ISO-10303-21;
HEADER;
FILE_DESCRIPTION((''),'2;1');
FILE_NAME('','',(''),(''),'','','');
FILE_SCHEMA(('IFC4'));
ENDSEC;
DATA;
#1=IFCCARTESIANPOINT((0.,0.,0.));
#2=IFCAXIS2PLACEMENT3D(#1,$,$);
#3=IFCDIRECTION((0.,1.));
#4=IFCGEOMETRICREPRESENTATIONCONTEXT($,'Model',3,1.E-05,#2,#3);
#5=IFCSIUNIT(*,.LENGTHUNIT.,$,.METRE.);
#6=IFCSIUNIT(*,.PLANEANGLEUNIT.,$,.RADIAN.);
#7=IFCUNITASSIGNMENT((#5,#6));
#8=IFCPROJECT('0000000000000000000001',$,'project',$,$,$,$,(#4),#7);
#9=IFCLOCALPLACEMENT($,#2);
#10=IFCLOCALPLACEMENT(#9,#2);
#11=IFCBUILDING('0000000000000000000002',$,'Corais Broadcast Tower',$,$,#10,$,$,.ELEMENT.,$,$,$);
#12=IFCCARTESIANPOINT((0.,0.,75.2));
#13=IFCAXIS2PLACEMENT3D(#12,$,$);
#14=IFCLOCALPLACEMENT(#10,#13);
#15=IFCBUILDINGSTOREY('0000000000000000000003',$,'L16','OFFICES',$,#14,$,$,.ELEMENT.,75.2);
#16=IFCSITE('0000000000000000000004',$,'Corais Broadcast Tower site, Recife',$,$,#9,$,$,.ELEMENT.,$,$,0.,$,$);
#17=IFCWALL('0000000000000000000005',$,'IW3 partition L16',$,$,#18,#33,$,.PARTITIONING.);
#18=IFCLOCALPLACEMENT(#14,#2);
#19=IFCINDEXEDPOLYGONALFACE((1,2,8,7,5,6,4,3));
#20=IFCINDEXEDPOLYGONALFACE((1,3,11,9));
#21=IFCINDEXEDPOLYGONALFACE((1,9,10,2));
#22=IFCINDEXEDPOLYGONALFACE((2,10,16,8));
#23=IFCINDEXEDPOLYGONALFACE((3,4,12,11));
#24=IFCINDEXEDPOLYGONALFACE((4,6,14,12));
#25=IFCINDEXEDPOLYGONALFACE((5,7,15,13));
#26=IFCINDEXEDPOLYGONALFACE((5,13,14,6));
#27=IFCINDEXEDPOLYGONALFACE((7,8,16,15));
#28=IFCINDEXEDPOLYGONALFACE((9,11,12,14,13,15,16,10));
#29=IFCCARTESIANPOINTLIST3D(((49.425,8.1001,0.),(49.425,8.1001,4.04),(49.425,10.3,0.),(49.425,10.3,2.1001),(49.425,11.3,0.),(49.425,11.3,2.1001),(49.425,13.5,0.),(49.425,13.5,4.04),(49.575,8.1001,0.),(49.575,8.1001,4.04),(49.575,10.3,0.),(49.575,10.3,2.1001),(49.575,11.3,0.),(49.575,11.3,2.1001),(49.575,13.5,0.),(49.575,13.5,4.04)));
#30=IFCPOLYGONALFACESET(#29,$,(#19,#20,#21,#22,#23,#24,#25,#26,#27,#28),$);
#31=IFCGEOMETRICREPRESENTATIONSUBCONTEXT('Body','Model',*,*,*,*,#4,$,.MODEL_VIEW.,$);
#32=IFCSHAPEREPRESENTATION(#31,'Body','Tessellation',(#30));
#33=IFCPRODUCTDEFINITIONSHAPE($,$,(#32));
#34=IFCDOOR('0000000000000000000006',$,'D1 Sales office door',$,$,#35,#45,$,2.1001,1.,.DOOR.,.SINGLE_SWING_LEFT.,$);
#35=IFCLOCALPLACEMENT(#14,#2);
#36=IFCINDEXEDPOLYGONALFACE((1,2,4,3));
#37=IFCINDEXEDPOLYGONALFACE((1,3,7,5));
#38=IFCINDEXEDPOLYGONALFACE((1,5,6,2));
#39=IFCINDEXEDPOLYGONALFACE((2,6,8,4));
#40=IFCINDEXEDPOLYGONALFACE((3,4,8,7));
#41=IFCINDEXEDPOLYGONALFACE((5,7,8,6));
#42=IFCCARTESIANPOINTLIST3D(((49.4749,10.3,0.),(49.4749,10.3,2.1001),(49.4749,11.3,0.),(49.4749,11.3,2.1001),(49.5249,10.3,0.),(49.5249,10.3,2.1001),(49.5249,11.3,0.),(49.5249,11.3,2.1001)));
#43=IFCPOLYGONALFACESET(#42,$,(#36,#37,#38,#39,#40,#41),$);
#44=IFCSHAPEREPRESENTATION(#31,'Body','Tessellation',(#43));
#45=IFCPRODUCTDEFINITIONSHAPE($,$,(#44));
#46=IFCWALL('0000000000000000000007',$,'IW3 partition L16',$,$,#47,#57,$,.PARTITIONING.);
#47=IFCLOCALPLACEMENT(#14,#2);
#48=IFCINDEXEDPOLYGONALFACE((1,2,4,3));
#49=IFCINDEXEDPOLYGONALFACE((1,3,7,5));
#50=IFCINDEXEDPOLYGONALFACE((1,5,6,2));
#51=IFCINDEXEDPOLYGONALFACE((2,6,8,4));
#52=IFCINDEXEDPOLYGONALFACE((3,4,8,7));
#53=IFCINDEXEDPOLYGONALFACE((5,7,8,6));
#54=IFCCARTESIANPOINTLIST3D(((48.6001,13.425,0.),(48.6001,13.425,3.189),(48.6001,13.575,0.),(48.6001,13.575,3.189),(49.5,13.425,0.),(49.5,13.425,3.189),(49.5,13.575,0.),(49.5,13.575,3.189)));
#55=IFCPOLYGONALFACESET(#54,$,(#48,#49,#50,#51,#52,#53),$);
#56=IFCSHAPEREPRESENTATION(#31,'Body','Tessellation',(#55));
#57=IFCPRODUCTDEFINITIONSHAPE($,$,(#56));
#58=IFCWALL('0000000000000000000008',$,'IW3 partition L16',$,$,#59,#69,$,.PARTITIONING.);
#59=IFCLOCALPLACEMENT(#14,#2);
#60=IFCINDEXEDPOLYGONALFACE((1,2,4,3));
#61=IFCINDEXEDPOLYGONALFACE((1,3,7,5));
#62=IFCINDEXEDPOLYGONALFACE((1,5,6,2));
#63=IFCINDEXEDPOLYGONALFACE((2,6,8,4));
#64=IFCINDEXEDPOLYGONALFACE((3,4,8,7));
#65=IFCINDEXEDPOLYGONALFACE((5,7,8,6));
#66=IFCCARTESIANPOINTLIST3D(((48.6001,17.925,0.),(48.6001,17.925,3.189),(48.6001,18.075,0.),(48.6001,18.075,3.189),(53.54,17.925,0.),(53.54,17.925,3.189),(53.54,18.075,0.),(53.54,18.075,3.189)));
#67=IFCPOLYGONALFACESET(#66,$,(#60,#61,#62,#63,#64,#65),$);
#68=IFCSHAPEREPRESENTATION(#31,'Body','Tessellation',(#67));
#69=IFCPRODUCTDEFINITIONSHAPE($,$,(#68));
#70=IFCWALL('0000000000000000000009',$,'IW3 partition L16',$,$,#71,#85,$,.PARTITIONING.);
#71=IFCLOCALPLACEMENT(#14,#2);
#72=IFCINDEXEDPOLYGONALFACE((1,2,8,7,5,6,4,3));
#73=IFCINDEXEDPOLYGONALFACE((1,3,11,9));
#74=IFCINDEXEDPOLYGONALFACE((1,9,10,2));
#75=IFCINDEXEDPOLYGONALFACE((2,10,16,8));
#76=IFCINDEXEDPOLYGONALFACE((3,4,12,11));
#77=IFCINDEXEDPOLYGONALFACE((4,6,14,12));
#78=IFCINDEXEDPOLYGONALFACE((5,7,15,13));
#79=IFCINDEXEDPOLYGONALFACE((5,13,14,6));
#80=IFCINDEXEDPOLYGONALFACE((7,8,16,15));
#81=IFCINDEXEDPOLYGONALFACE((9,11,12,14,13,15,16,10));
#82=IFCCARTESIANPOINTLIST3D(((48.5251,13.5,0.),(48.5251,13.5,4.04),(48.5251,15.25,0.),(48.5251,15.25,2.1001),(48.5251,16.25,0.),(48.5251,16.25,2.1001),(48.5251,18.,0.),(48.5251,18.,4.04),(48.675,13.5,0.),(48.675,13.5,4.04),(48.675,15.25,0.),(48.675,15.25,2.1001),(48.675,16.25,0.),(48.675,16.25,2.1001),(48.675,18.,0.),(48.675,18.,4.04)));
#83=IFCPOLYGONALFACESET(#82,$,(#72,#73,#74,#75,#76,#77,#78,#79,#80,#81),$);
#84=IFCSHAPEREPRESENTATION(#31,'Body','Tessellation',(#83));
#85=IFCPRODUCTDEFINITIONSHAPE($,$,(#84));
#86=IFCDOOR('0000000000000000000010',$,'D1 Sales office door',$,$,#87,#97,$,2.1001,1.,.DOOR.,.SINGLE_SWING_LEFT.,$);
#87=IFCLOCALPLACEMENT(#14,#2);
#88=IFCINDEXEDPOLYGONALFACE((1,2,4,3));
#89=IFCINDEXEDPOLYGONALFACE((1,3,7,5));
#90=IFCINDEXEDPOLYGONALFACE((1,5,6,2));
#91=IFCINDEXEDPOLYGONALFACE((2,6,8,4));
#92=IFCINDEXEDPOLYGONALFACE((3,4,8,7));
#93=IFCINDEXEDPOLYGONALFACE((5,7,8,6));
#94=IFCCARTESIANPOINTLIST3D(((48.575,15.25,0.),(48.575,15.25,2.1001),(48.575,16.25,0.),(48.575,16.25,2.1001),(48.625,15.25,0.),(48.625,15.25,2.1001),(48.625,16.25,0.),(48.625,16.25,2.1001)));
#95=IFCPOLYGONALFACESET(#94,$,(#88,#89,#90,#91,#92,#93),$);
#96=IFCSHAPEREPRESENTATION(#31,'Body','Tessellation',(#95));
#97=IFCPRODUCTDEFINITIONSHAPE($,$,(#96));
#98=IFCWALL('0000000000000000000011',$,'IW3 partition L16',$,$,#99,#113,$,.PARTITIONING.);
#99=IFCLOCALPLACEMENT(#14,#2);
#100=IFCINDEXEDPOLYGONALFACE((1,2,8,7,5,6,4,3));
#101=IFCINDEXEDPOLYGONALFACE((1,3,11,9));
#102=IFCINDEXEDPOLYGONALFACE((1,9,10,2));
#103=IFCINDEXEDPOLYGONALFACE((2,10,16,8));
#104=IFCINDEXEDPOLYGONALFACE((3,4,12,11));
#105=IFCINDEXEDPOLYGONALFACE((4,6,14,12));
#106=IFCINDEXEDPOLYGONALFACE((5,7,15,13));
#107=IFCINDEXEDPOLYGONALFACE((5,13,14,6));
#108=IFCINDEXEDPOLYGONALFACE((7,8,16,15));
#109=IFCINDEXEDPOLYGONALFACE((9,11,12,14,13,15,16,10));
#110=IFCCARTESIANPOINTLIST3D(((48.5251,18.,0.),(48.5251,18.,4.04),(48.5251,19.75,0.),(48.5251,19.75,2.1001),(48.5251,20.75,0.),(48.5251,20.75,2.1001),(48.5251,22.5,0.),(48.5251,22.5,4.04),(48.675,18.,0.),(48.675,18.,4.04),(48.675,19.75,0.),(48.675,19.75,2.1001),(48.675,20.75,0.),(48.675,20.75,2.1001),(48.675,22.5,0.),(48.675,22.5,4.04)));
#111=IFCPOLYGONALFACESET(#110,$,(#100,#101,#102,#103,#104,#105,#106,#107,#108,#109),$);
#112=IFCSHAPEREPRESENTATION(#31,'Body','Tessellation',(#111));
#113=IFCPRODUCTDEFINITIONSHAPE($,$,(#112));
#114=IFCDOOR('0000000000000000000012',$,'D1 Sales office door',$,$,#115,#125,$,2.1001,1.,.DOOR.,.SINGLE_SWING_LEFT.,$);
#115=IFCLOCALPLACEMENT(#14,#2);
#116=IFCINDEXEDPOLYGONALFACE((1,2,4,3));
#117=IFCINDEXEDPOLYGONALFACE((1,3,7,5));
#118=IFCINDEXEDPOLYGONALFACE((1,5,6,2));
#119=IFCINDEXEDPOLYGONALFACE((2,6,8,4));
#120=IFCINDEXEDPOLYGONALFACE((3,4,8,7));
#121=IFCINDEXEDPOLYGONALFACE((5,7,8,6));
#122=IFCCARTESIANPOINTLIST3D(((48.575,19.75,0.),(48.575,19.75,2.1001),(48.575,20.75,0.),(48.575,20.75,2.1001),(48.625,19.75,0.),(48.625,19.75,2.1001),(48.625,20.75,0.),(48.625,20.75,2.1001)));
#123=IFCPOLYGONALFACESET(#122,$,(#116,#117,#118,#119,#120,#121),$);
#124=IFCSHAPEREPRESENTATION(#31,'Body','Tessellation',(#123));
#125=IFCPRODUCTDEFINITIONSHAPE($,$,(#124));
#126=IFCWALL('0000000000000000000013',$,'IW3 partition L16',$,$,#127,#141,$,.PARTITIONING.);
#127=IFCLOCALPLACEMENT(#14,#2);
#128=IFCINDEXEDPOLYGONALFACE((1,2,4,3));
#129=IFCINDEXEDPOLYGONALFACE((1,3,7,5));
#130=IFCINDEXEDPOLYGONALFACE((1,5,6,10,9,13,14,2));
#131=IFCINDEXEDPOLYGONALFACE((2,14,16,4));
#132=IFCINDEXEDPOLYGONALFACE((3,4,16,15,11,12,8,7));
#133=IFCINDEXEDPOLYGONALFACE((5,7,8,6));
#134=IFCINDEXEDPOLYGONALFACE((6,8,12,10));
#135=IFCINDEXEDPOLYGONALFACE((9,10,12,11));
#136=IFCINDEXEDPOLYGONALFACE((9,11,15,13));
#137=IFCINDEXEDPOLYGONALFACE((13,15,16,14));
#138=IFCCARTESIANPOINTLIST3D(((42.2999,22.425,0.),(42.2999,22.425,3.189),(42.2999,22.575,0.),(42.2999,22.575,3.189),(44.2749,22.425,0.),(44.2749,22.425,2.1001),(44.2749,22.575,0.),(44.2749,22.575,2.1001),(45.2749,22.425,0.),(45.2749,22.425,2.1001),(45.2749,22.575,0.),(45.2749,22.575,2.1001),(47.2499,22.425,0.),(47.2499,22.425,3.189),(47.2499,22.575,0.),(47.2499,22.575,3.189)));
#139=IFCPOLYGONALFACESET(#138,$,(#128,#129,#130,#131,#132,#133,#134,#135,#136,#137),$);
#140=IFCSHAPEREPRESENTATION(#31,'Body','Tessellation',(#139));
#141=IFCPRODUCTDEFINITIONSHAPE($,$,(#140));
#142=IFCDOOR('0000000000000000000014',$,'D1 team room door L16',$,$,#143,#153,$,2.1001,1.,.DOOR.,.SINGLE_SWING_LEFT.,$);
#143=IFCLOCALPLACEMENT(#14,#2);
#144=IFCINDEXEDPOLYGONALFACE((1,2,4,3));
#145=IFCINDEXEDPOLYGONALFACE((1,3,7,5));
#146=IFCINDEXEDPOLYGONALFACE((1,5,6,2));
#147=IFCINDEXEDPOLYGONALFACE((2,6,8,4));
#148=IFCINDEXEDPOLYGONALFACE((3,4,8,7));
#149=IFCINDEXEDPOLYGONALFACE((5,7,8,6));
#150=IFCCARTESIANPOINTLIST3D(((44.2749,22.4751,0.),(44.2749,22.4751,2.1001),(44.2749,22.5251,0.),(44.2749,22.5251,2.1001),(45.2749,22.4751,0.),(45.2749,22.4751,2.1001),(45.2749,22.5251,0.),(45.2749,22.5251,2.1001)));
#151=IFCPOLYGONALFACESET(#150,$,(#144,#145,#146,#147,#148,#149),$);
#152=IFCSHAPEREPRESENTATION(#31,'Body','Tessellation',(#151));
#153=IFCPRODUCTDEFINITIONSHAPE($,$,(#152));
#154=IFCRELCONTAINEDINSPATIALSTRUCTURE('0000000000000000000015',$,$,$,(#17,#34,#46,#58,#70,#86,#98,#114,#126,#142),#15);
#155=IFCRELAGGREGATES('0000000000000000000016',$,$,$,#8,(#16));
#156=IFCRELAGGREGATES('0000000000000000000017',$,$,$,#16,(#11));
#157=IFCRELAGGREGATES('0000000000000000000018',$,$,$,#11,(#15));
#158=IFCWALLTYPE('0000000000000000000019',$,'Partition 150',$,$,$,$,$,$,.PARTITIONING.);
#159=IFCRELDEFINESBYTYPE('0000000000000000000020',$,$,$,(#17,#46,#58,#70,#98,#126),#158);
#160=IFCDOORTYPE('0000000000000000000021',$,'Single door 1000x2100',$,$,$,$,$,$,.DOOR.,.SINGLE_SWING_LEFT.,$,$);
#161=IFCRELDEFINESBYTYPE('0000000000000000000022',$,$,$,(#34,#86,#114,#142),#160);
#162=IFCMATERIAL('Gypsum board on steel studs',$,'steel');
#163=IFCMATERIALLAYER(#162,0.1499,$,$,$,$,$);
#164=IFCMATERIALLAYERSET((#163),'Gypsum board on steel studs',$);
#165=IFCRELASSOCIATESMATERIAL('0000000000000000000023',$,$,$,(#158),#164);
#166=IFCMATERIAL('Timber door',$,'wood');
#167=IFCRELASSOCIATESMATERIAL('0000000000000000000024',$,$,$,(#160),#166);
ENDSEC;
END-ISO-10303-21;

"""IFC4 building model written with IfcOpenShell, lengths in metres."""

from ifc_helpers import new_model, si_unit, direction, frame, frame_2d, origin, place, context, subcontext, project, spatial, rectangle, extrude, material, layer, layer_set, type_object, element, fill, save


model = new_model("IFC4")

# Units and contexts
model_context = context("Model", 3, precision=1e-05, world=origin(), true_north=direction((0.0, 1.0)))
body_context = subcontext(model_context, "Body", "Model", "MODEL_VIEW")
ifc_project = project(units=[si_unit("LENGTHUNIT", "METRE"), si_unit("PLANEANGLEUNIT", "RADIAN")], contexts=[model_context])

# Site, building, storey
site_placement = place(None, origin())
site = spatial("IfcSite", under=ifc_project, at=site_placement, Name="Corais Broadcast Tower site, Recife", CompositionType="ELEMENT", RefElevation=0.0)
building_placement = place(site_placement, origin())
building = spatial("IfcBuilding", under=site, at=building_placement, Name="Corais Broadcast Tower", CompositionType="ELEMENT")
storey_placement = place(building_placement, frame((0.0, 0.0, 75.2)))
storey = spatial("IfcBuildingStorey", under=building, at=storey_placement, Name="L16", Description="OFFICES", CompositionType="ELEMENT", Elevation=75.2)

# Shared definitions
ifc_material_1 = material(Name="Gypsum board on steel studs", Category="steel")
ifc_layer_1 = layer(ifc_material_1, 0.1499)
ifc_layer_set_1 = layer_set([ifc_layer_1], Name="Gypsum board on steel studs")
wall_type = type_object("IfcWallType", Name="Partition 150", PredefinedType="PARTITIONING", material=ifc_layer_set_1)

# Wall, opening, door
wall_1_placement = place(storey_placement, frame((49.5, 13.5, 0.0), z_axis=(0.0, 0.0, 1.0), x_axis=(0.0, -1.0, 0.0)))
wall_1 = element("IfcWall", 1, at=wall_1_placement, inside=storey, type_object=wall_type, Name="IW3 partition L16", PredefinedType="PARTITIONING", context=body_context, shape_type="SweptSolid", body=[
    extrude(rectangle(XDim=5.3999, YDim=0.1499, at=frame_2d((2.7, 0.0))), origin(), (0.0, 0.0, 1.0), 4.04),
])
opening_1_placement = place(wall_1_placement, frame((2.2, 0.0, 0.0)))
opening_1 = element("IfcOpeningElement", 2, at=opening_1_placement, cuts=wall_1, PredefinedType="OPENING", context=body_context, shape_type="SweptSolid", body=[
    extrude(rectangle(XDim=1.0, YDim=2.1001, at=frame_2d((0.5, 1.05))), frame((0.0, 0.085, 0.0), z_axis=(0.0, -1.0, 0.0), x_axis=(1.0, 0.0, 0.0)), (0.0, 0.0, 1.0), 0.1699),
])
ifc_material_2 = material(Name="Timber door", Category="wood")
door_type = type_object("IfcDoorType", Name="Single door 1000x2100", OperationType="SINGLE_SWING_LEFT", PredefinedType="DOOR", material=ifc_material_2)
door_1_placement = place(opening_1_placement, origin())
door_1 = element("IfcDoor", 3, at=door_1_placement, inside=storey, type_object=door_type, Name="D1 Sales office door", OperationType="SINGLE_SWING_LEFT", OverallHeight=2.1001, OverallWidth=1.0, PredefinedType="DOOR", context=body_context, shape_type="SweptSolid", body=[
    extrude(rectangle(XDim=1.0, YDim=2.1001, at=frame_2d((0.5, 1.05))), frame((0.0, 0.0249, 0.0), z_axis=(0.0, -1.0, 0.0), x_axis=(1.0, 0.0, 0.0)), (0.0, 0.0, 1.0), 0.05),
])
fill(opening_1, door_1)

# Walls
wall_2_placement = place(storey_placement, frame((48.6001, 13.5, 0.0), z_axis=(0.0, 0.0, 1.0), x_axis=(1.0, 0.0, 0.0)))
element("IfcWall", 4, at=wall_2_placement, inside=storey, type_object=wall_type, Name="IW3 partition L16", PredefinedType="PARTITIONING", context=body_context, shape_type="SweptSolid", body=[
    extrude(rectangle(XDim=0.8999, YDim=0.1499, at=frame_2d((0.45, 0.0))), origin(), (0.0, 0.0, 1.0), 3.189),
])
wall_3_placement = place(storey_placement, frame((53.54, 18.0, 0.0), z_axis=(0.0, 0.0, 1.0), x_axis=(-1.0, 0.0, 0.0)))
element("IfcWall", 5, at=wall_3_placement, inside=storey, type_object=wall_type, Name="IW3 partition L16", PredefinedType="PARTITIONING", context=body_context, shape_type="SweptSolid", body=[
    extrude(rectangle(XDim=4.9399, YDim=0.1499, at=frame_2d((2.47, 0.0))), origin(), (0.0, 0.0, 1.0), 3.189),
])

# Walls, openings, doors
wall_4_placement = place(storey_placement, frame((48.6001, 18.0, 0.0), z_axis=(0.0, 0.0, 1.0), x_axis=(0.0, -1.0, 0.0)))
wall_4 = element("IfcWall", 6, at=wall_4_placement, inside=storey, type_object=wall_type, Name="IW3 partition L16", PredefinedType="PARTITIONING", context=body_context, shape_type="SweptSolid", body=[
    extrude(rectangle(XDim=4.5, YDim=0.1499, at=frame_2d((2.25, 0.0))), origin(), (0.0, 0.0, 1.0), 4.04),
])
opening_2_placement = place(wall_4_placement, frame((1.75, 0.0, 0.0)))
opening_2 = element("IfcOpeningElement", 7, at=opening_2_placement, cuts=wall_4, PredefinedType="OPENING", context=body_context, shape_type="SweptSolid", body=[
    extrude(rectangle(XDim=1.0, YDim=2.1001, at=frame_2d((0.5, 1.05))), frame((0.0, 0.085, 0.0), z_axis=(0.0, -1.0, 0.0), x_axis=(1.0, 0.0, 0.0)), (0.0, 0.0, 1.0), 0.1699),
])
door_2_placement = place(opening_2_placement, origin())
door_2 = element("IfcDoor", 8, at=door_2_placement, inside=storey, type_object=door_type, Name="D1 Sales office door", OperationType="SINGLE_SWING_LEFT", OverallHeight=2.1001, OverallWidth=1.0, PredefinedType="DOOR", context=body_context, shape_type="SweptSolid", body=[
    extrude(rectangle(XDim=1.0, YDim=2.1001, at=frame_2d((0.5, 1.05))), frame((0.0, 0.0249, 0.0), z_axis=(0.0, -1.0, 0.0), x_axis=(1.0, 0.0, 0.0)), (0.0, 0.0, 1.0), 0.05),
])
fill(opening_2, door_2)
wall_5_placement = place(storey_placement, frame((48.6001, 22.5, 0.0), z_axis=(0.0, 0.0, 1.0), x_axis=(0.0, -1.0, 0.0)))
wall_5 = element("IfcWall", 9, at=wall_5_placement, inside=storey, type_object=wall_type, Name="IW3 partition L16", PredefinedType="PARTITIONING", context=body_context, shape_type="SweptSolid", body=[
    extrude(rectangle(XDim=4.5, YDim=0.1499, at=frame_2d((2.25, 0.0))), origin(), (0.0, 0.0, 1.0), 4.04),
])
opening_3_placement = place(wall_5_placement, frame((1.75, 0.0, 0.0)))
opening_3 = element("IfcOpeningElement", 10, at=opening_3_placement, cuts=wall_5, PredefinedType="OPENING", context=body_context, shape_type="SweptSolid", body=[
    extrude(rectangle(XDim=1.0, YDim=2.1001, at=frame_2d((0.5, 1.05))), frame((0.0, 0.085, 0.0), z_axis=(0.0, -1.0, 0.0), x_axis=(1.0, 0.0, 0.0)), (0.0, 0.0, 1.0), 0.1699),
])
door_3_placement = place(opening_3_placement, origin())
door_3 = element("IfcDoor", 11, at=door_3_placement, inside=storey, type_object=door_type, Name="D1 Sales office door", OperationType="SINGLE_SWING_LEFT", OverallHeight=2.1001, OverallWidth=1.0, PredefinedType="DOOR", context=body_context, shape_type="SweptSolid", body=[
    extrude(rectangle(XDim=1.0, YDim=2.1001, at=frame_2d((0.5, 1.05))), frame((0.0, 0.0249, 0.0), z_axis=(0.0, -1.0, 0.0), x_axis=(1.0, 0.0, 0.0)), (0.0, 0.0, 1.0), 0.05),
])
fill(opening_3, door_3)
wall_6_placement = place(storey_placement, frame((47.25, 22.5, 0.0), z_axis=(0.0, 0.0, 1.0), x_axis=(-1.0, 0.0, 0.0)))
wall_6 = element("IfcWall", 12, at=wall_6_placement, inside=storey, type_object=wall_type, Name="IW3 partition L16", PredefinedType="PARTITIONING", context=body_context, shape_type="SweptSolid", body=[
    extrude(rectangle(XDim=4.95, YDim=0.1499, at=frame_2d((2.4751, 0.0))), origin(), (0.0, 0.0, 1.0), 3.189),
])
opening_4_placement = place(wall_6_placement, frame((1.9751, 0.0, 0.0)))
opening_4 = element("IfcOpeningElement", 13, at=opening_4_placement, cuts=wall_6, PredefinedType="OPENING", context=body_context, shape_type="SweptSolid", body=[
    extrude(rectangle(XDim=1.0, YDim=2.1001, at=frame_2d((0.5, 1.05))), frame((0.0, 0.085, 0.0), z_axis=(0.0, -1.0, 0.0), x_axis=(1.0, 0.0, 0.0)), (0.0, 0.0, 1.0), 0.1699),
])
door_4_placement = place(opening_4_placement, origin())
door_4 = element("IfcDoor", 14, at=door_4_placement, inside=storey, type_object=door_type, Name="D1 team room door L16", OperationType="SINGLE_SWING_LEFT", OverallHeight=2.1001, OverallWidth=1.0, PredefinedType="DOOR", context=body_context, shape_type="SweptSolid", body=[
    extrude(rectangle(XDim=1.0, YDim=2.1001, at=frame_2d((0.5, 1.05))), frame((0.0, 0.0249, 0.0), z_axis=(0.0, -1.0, 0.0), x_axis=(1.0, 0.0, 0.0)), (0.0, 0.0, 1.0), 0.05),
])
fill(opening_4, door_4)

save(model, "model.ifc")
